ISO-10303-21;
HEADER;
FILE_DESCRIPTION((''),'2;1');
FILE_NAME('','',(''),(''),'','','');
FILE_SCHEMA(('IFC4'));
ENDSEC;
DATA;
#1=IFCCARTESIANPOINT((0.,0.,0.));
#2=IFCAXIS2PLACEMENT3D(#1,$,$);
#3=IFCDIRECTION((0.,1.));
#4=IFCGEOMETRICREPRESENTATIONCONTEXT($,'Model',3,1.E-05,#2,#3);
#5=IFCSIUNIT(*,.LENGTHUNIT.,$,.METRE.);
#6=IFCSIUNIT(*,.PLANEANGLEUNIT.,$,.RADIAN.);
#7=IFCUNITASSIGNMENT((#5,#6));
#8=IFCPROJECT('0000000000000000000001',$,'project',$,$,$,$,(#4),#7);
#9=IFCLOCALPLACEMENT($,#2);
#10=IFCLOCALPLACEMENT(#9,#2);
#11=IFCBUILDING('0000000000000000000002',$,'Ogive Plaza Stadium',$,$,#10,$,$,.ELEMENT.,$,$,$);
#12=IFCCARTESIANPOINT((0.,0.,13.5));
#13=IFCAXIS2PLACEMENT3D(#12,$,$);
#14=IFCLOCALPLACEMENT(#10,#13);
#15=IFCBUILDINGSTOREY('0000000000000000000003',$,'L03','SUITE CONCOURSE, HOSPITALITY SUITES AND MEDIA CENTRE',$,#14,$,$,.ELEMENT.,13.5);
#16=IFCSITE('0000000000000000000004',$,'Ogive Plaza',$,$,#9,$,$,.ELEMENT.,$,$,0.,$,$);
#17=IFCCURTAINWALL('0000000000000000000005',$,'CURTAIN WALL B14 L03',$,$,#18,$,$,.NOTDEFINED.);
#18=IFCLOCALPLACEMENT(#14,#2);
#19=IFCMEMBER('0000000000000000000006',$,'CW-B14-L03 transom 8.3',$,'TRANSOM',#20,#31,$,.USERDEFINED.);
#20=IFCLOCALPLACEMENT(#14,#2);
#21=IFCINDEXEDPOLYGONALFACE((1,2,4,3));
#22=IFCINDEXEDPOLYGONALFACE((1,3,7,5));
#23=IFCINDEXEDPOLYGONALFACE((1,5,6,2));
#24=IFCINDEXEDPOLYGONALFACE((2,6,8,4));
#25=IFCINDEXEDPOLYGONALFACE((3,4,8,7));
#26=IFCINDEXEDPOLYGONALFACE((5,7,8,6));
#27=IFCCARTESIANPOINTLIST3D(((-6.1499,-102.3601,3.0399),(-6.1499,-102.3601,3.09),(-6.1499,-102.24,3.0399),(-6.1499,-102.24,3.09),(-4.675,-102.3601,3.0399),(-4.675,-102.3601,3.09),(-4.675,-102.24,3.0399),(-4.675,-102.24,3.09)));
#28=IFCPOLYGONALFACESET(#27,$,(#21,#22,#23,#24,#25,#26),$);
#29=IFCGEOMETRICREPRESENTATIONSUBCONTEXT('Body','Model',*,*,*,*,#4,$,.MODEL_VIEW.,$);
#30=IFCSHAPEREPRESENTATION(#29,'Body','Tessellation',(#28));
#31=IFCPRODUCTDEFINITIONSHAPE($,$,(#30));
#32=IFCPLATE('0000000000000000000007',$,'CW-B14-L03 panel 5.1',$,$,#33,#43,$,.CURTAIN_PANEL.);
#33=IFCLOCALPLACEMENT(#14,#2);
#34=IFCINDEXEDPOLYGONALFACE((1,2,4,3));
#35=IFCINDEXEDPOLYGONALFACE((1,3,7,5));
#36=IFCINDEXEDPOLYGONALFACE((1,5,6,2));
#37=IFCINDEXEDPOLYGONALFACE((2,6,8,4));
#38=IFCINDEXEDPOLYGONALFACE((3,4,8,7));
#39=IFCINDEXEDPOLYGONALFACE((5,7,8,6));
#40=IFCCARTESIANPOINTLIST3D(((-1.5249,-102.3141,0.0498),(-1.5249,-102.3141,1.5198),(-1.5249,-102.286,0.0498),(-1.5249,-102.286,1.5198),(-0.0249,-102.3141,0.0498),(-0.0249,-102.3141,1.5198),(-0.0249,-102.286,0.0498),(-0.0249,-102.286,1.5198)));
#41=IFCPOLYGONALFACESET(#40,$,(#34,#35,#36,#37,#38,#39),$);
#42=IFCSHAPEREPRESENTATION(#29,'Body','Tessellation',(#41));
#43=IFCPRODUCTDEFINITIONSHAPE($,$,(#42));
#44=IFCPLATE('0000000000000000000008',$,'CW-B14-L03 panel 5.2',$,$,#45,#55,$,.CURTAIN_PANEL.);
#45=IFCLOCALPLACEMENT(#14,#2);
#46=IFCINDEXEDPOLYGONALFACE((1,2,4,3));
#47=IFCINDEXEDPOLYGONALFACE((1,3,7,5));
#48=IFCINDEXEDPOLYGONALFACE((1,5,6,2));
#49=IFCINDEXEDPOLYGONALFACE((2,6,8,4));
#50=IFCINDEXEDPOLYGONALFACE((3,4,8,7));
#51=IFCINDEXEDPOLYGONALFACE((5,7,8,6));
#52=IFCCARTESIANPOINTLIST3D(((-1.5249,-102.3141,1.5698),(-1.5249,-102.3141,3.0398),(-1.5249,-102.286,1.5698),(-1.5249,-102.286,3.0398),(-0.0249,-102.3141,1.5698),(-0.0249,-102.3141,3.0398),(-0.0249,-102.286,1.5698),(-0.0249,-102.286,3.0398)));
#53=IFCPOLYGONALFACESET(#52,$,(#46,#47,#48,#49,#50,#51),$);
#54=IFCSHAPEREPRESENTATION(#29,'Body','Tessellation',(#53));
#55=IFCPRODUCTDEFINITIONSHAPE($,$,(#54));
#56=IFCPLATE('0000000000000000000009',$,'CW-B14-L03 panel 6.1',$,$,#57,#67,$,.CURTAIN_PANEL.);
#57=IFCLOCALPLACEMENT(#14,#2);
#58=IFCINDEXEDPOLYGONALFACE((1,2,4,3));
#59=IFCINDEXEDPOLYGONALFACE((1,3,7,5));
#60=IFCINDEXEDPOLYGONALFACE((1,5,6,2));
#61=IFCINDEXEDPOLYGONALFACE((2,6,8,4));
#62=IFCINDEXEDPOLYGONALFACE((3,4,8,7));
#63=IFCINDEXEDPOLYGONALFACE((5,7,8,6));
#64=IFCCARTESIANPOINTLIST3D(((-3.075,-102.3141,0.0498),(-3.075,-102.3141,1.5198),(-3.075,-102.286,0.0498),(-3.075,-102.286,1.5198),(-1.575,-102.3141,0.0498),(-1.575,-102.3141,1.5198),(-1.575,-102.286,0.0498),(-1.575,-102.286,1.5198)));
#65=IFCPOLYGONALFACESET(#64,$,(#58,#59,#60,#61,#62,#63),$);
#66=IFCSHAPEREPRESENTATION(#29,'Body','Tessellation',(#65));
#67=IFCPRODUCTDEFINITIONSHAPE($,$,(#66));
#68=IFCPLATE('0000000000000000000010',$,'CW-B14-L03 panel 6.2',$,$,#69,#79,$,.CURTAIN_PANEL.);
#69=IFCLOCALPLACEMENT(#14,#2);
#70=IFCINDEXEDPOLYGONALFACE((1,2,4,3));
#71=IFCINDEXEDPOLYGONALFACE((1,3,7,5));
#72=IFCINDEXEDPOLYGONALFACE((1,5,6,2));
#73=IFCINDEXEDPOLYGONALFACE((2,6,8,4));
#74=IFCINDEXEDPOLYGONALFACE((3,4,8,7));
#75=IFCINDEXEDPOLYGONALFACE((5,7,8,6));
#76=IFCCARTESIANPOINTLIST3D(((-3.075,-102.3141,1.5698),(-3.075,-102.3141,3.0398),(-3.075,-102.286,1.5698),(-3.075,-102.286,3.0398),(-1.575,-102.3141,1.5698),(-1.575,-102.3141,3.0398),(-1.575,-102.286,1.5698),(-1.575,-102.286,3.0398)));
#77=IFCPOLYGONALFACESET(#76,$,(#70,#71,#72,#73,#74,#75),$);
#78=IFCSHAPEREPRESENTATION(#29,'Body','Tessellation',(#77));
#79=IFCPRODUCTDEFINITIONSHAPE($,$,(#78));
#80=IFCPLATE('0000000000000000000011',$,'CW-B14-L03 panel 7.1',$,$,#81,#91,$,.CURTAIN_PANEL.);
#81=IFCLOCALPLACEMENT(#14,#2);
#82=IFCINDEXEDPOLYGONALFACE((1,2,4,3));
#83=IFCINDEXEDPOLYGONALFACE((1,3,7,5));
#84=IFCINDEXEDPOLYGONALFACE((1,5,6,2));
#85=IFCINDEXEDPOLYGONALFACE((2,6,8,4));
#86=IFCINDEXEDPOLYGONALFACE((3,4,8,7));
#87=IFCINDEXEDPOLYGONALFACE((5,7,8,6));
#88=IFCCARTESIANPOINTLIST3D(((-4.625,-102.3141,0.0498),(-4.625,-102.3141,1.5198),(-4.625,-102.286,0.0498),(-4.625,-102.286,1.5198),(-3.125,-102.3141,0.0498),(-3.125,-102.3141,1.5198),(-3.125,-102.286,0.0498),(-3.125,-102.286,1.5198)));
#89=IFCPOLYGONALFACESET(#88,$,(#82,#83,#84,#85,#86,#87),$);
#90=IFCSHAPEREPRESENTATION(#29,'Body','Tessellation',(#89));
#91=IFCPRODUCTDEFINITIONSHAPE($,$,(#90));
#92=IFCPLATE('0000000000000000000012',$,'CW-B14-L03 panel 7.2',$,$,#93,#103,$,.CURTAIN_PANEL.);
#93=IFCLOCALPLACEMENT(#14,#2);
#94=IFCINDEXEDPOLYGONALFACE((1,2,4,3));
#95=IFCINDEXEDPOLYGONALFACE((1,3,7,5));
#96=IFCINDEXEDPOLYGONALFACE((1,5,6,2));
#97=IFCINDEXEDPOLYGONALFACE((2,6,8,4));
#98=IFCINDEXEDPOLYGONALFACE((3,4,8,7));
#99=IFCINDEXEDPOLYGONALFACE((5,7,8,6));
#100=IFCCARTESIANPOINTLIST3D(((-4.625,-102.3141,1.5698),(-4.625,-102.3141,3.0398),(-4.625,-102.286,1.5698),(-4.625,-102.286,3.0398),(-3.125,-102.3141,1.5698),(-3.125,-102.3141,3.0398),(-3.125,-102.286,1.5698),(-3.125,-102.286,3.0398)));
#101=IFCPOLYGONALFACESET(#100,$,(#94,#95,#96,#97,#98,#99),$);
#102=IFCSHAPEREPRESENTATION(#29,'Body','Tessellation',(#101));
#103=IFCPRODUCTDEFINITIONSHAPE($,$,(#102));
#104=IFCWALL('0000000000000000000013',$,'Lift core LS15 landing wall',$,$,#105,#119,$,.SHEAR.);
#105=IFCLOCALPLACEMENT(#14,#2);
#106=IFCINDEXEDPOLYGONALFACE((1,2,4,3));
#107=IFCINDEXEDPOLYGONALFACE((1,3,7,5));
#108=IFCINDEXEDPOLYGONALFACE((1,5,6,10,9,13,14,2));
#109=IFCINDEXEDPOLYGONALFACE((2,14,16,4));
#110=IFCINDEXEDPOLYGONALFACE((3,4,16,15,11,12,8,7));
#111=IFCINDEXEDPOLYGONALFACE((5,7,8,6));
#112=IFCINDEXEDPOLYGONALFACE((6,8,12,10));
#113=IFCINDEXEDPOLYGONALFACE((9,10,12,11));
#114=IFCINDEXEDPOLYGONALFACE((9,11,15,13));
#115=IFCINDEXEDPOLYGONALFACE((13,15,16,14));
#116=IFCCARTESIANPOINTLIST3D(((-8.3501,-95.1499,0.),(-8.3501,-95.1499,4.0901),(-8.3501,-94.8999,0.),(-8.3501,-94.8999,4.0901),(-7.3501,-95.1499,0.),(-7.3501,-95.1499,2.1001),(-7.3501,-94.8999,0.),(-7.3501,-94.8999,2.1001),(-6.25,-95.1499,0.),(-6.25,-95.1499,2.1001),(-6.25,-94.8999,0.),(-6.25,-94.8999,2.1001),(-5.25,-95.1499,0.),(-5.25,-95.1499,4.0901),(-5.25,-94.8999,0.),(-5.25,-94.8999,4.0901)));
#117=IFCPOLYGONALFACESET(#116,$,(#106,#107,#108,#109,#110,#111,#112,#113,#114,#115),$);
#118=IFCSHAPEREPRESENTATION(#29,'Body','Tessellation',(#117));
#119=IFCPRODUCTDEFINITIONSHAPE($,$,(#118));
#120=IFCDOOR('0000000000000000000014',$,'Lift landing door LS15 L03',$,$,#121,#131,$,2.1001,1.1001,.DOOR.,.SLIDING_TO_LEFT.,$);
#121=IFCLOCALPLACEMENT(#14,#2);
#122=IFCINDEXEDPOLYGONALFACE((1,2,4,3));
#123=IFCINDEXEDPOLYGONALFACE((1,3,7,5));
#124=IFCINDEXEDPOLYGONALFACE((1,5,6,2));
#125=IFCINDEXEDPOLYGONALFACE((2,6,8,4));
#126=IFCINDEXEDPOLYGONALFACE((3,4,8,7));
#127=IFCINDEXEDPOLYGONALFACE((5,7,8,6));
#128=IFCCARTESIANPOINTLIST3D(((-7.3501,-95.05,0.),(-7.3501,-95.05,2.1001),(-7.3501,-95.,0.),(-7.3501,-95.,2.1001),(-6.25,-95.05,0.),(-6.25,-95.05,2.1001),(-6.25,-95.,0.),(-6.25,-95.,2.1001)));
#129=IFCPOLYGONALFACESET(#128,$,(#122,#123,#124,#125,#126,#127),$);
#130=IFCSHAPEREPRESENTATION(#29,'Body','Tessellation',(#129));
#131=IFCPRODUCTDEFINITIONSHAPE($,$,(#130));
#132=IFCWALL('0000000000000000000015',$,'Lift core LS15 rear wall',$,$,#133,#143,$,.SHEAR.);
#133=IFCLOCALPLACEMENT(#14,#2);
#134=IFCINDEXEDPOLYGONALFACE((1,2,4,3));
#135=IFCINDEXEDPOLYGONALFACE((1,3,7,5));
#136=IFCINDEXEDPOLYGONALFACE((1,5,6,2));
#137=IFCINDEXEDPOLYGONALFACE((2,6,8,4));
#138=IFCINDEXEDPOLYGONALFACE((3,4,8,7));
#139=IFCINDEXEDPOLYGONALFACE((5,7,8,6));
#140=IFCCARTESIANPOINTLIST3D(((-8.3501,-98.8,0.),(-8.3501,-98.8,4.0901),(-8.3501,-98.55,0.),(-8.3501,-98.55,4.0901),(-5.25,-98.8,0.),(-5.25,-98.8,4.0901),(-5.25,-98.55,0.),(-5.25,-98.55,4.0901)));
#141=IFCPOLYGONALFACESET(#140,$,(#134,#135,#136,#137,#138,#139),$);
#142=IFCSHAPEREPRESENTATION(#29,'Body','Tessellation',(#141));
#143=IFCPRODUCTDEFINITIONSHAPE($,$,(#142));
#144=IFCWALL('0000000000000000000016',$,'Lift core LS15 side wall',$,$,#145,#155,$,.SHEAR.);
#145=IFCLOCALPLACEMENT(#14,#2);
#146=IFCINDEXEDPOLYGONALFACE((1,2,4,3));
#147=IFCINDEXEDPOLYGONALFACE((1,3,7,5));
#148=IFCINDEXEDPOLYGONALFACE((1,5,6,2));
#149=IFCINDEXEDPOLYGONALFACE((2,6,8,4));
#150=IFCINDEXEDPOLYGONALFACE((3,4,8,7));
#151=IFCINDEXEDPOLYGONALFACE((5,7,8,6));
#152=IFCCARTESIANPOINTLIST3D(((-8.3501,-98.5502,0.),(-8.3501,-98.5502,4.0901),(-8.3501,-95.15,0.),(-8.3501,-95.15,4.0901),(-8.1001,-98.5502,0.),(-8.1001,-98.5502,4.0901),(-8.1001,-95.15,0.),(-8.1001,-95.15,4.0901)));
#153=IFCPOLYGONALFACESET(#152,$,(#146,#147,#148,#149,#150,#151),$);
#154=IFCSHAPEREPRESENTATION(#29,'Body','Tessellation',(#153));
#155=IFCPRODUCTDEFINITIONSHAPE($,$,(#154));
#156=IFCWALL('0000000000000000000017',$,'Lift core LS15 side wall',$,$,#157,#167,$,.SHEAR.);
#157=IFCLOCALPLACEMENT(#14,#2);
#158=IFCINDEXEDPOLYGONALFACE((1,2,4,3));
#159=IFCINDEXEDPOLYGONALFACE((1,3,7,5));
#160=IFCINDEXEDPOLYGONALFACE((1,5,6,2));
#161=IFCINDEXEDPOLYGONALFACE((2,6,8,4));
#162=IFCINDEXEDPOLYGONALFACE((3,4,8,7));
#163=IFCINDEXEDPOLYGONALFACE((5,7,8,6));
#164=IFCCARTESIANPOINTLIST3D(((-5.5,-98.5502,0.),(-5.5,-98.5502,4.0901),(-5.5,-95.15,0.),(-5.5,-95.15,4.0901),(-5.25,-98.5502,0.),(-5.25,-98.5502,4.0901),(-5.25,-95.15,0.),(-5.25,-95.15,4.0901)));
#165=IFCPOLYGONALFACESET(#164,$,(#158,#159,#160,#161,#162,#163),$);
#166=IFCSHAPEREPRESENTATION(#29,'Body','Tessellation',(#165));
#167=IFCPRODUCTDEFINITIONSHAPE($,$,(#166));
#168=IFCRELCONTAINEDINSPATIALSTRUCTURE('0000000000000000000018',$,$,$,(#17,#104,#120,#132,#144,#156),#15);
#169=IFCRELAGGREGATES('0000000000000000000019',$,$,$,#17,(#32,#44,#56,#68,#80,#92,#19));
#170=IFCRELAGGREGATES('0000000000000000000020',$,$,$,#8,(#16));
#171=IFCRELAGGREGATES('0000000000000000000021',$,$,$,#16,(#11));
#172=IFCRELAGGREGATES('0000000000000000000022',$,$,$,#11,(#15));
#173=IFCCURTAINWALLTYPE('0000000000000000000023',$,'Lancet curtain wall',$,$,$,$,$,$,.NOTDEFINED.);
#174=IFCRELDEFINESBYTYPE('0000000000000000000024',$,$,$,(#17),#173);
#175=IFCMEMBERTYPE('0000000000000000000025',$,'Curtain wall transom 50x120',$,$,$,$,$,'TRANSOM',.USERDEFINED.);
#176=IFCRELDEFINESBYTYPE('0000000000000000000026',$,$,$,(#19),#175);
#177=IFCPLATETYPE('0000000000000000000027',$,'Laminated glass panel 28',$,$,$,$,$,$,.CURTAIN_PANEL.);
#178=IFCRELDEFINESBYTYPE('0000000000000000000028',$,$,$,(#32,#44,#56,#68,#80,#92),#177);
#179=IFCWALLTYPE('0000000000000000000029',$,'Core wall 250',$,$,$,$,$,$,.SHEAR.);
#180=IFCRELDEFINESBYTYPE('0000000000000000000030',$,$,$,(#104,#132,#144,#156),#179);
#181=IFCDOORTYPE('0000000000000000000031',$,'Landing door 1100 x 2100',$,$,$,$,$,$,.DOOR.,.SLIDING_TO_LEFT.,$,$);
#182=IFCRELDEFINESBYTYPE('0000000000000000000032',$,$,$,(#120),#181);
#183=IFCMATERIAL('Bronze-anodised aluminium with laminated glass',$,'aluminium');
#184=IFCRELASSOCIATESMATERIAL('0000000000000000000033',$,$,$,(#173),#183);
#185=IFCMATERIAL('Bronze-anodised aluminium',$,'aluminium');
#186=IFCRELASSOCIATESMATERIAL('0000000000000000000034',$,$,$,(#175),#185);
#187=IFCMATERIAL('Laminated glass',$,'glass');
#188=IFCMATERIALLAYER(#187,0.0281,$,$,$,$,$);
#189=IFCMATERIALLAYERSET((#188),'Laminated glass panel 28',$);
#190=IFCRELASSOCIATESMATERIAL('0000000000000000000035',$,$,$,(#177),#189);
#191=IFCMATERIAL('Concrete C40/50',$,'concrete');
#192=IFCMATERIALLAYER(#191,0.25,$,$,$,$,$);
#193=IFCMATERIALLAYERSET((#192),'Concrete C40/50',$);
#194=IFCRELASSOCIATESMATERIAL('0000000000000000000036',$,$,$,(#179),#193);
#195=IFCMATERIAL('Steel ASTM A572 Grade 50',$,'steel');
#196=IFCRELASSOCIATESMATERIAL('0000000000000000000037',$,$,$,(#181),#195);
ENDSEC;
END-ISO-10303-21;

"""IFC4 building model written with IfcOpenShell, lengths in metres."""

from ifc_helpers import new_model, si_unit, direction, frame, frame_2d, origin, origin_2d, place, context, subcontext, project, spatial, rectangle, extrude, material, layer, layer_set, material_profile, profile_set, type_object, element, fill, aggregate, save


model = new_model("IFC4")

# Units and contexts
model_context = context("Model", 3, precision=1e-05, world=origin(), true_north=direction((0.0, 1.0)))
body_context = subcontext(model_context, "Body", "Model", "MODEL_VIEW")
ifc_project = project(units=[si_unit("LENGTHUNIT", "METRE"), si_unit("PLANEANGLEUNIT", "RADIAN")], contexts=[model_context])

# Site, building, storey
site_placement = place(None, origin())
site = spatial("IfcSite", under=ifc_project, at=site_placement, Name="Ogive Plaza", CompositionType="ELEMENT", RefElevation=0.0)
building_placement = place(site_placement, origin())
building = spatial("IfcBuilding", under=site, at=building_placement, Name="Ogive Plaza Stadium", CompositionType="ELEMENT")
storey_placement = place(building_placement, frame((0.0, 0.0, 13.5)))
storey = spatial("IfcBuildingStorey", under=building, at=storey_placement, Name="L03", Description="SUITE CONCOURSE, HOSPITALITY SUITES AND MEDIA CENTRE", CompositionType="ELEMENT", Elevation=13.5)

# Curtain wall, member, plates
ifc_material_1 = material(Name="Bronze-anodised aluminium with laminated glass", Category="aluminium")
curtain_wall_type = type_object("IfcCurtainWallType", Name="Lancet curtain wall", PredefinedType="NOTDEFINED", material=ifc_material_1)
curtain_wall_placement = place(storey_placement, origin())
curtain_wall = element("IfcCurtainWall", 1, at=curtain_wall_placement, inside=storey, type_object=curtain_wall_type, Name="CURTAIN WALL B14 L03", PredefinedType="NOTDEFINED")
ifc_material_2 = material(Name="Bronze-anodised aluminium", Category="aluminium")
ifc_material_profile_1 = material_profile(ifc_material_2, rectangle(XDim=0.1201, YDim=0.05, at=origin_2d()), Name="AL 120x50")
ifc_profile_set_1 = profile_set([ifc_material_profile_1], Name="Bronze-anodised aluminium")
member_type_1 = type_object("IfcMemberType", Name="Curtain wall transom 50x120", ElementType="TRANSOM", PredefinedType="USERDEFINED", material=ifc_profile_set_1)
member_1_placement = place(storey_placement, frame((-4.675, -102.3, 3.0649), z_axis=(-1.0, 0.0, 0.0), x_axis=(0.0, -1.0, 0.0)))
member_1 = element("IfcMember", 2, at=member_1_placement, type_object=member_type_1, Name="CW-B14-L03 transom 8.3", ObjectType="TRANSOM", PredefinedType="USERDEFINED", context=body_context, shape_type="SweptSolid", body=[
    extrude(rectangle(XDim=0.1201, YDim=0.05, at=origin_2d()), origin(), (0.0, 0.0, 1.0), 1.4749),
])
ifc_material_3 = material(Name="Laminated glass", Category="glass")
ifc_layer_1 = layer(ifc_material_3, 0.0281)
ifc_layer_set_1 = layer_set([ifc_layer_1], Name="Laminated glass panel 28")
plate_type = type_object("IfcPlateType", Name="Laminated glass panel 28", PredefinedType="CURTAIN_PANEL", material=ifc_layer_set_1)
plate_1_placement = place(storey_placement, frame((-0.7749, -102.3, 0.0498), z_axis=(0.0, 0.0, 1.0), x_axis=(-1.0, 0.0, 0.0)))
plate_1 = element("IfcPlate", 3, at=plate_1_placement, type_object=plate_type, Name="CW-B14-L03 panel 5.1", PredefinedType="CURTAIN_PANEL", context=body_context, shape_type="SweptSolid", body=[
    extrude(rectangle(XDim=1.5, YDim=0.0281, at=origin_2d()), origin(), (0.0, 0.0, 1.0), 1.47),
])
plate_2_placement = place(storey_placement, frame((-0.7749, -102.3, 1.5698), z_axis=(0.0, 0.0, 1.0), x_axis=(-1.0, 0.0, 0.0)))
plate_2 = element("IfcPlate", 4, at=plate_2_placement, type_object=plate_type, Name="CW-B14-L03 panel 5.2", PredefinedType="CURTAIN_PANEL", context=body_context, shape_type="SweptSolid", body=[
    extrude(rectangle(XDim=1.5, YDim=0.0281, at=origin_2d()), origin(), (0.0, 0.0, 1.0), 1.47),
])
plate_3_placement = place(storey_placement, frame((-2.325, -102.3, 0.0498), z_axis=(0.0, 0.0, 1.0), x_axis=(-1.0, 0.0, 0.0)))
plate_3 = element("IfcPlate", 5, at=plate_3_placement, type_object=plate_type, Name="CW-B14-L03 panel 6.1", PredefinedType="CURTAIN_PANEL", context=body_context, shape_type="SweptSolid", body=[
    extrude(rectangle(XDim=1.5, YDim=0.0281, at=origin_2d()), origin(), (0.0, 0.0, 1.0), 1.47),
])
plate_4_placement = place(storey_placement, frame((-2.325, -102.3, 1.5698), z_axis=(0.0, 0.0, 1.0), x_axis=(-1.0, 0.0, 0.0)))
plate_4 = element("IfcPlate", 6, at=plate_4_placement, type_object=plate_type, Name="CW-B14-L03 panel 6.2", PredefinedType="CURTAIN_PANEL", context=body_context, shape_type="SweptSolid", body=[
    extrude(rectangle(XDim=1.5, YDim=0.0281, at=origin_2d()), origin(), (0.0, 0.0, 1.0), 1.47),
])
plate_5_placement = place(storey_placement, frame((-3.875, -102.3, 0.0498), z_axis=(0.0, 0.0, 1.0), x_axis=(-1.0, 0.0, 0.0)))
plate_5 = element("IfcPlate", 7, at=plate_5_placement, type_object=plate_type, Name="CW-B14-L03 panel 7.1", PredefinedType="CURTAIN_PANEL", context=body_context, shape_type="SweptSolid", body=[
    extrude(rectangle(XDim=1.5, YDim=0.0281, at=origin_2d()), origin(), (0.0, 0.0, 1.0), 1.47),
])
plate_6_placement = place(storey_placement, frame((-3.875, -102.3, 1.5698), z_axis=(0.0, 0.0, 1.0), x_axis=(-1.0, 0.0, 0.0)))
plate_6 = element("IfcPlate", 8, at=plate_6_placement, type_object=plate_type, Name="CW-B14-L03 panel 7.2", PredefinedType="CURTAIN_PANEL", context=body_context, shape_type="SweptSolid", body=[
    extrude(rectangle(XDim=1.5, YDim=0.0281, at=origin_2d()), origin(), (0.0, 0.0, 1.0), 1.47),
])
aggregate(curtain_wall, [plate_1, plate_2, plate_3, plate_4, plate_5, plate_6, member_1])

# Wall, opening, door
ifc_material_4 = material(Name="Concrete C40/50", Category="concrete")
ifc_layer_2 = layer(ifc_material_4, 0.25)
ifc_layer_set_2 = layer_set([ifc_layer_2], Name="Concrete C40/50")
wall_type = type_object("IfcWallType", Name="Core wall 250", PredefinedType="SHEAR", material=ifc_layer_set_2)
wall_1_placement = place(storey_placement, frame((-8.3501, -95.0249, 0.0), z_axis=(0.0, 0.0, 1.0), x_axis=(1.0, 0.0, 0.0)))
wall_1 = element("IfcWall", 9, at=wall_1_placement, inside=storey, type_object=wall_type, Name="Lift core LS15 landing wall", PredefinedType="SHEAR", context=body_context, shape_type="SweptSolid", body=[
    extrude(rectangle(XDim=3.1001, YDim=0.25, at=frame_2d((1.55, 0.0))), origin(), (0.0, 0.0, 1.0), 4.0901),
])
opening_placement = place(wall_1_placement, frame((1.0, 0.0, 0.0)))
opening = element("IfcOpeningElement", 10, at=opening_placement, cuts=wall_1, PredefinedType="OPENING", context=body_context, shape_type="SweptSolid", body=[
    extrude(rectangle(XDim=1.1001, YDim=2.1001, at=frame_2d((0.55, 1.05))), frame((0.0, 0.125, 0.0), z_axis=(0.0, -1.0, 0.0), x_axis=(1.0, 0.0, 0.0)), (0.0, 0.0, 1.0), 0.25),
])
ifc_material_5 = material(Name="Steel ASTM A572 Grade 50", Category="steel")
door_type = type_object("IfcDoorType", Name="Landing door 1100 x 2100", OperationType="SLIDING_TO_LEFT", PredefinedType="DOOR", material=ifc_material_5)
door_placement = place(opening_placement, origin())
door = element("IfcDoor", 11, at=door_placement, inside=storey, type_object=door_type, Name="Lift landing door LS15 L03", OperationType="SLIDING_TO_LEFT", OverallHeight=2.1001, OverallWidth=1.1001, PredefinedType="DOOR", context=body_context, shape_type="SweptSolid", body=[
    extrude(rectangle(XDim=1.1001, YDim=2.1001, at=frame_2d((0.55, 1.05))), frame((0.0, 0.0249, 0.0), z_axis=(0.0, -1.0, 0.0), x_axis=(1.0, 0.0, 0.0)), (0.0, 0.0, 1.0), 0.05),
])
fill(opening, door)

# Walls
wall_2_placement = place(storey_placement, frame((-8.3501, -98.675, 0.0), z_axis=(0.0, 0.0, 1.0), x_axis=(1.0, 0.0, 0.0)))
element("IfcWall", 12, at=wall_2_placement, inside=storey, type_object=wall_type, Name="Lift core LS15 rear wall", PredefinedType="SHEAR", context=body_context, shape_type="SweptSolid", body=[
    extrude(rectangle(XDim=3.1001, YDim=0.25, at=frame_2d((1.55, 0.0))), origin(), (0.0, 0.0, 1.0), 4.0901),
])
for number, where, z_axis, x_axis, name in (
    (13, (-8.2251, -95.1499, 0.0), (0.0, 0.0, 1.0), (0.0, -1.0, 0.0), "Lift core LS15 side wall"),
    (14, (-5.375, -95.1499, 0.0), (0.0, 0.0, 1.0), (0.0, -1.0, 0.0), "Lift core LS15 side wall"),
):
    element("IfcWall", number, at=place(storey_placement, frame(where, z_axis=z_axis, x_axis=x_axis)), inside=storey, type_object=wall_type, Name=name, PredefinedType="SHEAR", context=body_context, shape_type="SweptSolid", body=[
        extrude(rectangle(XDim=3.4001, YDim=0.25, at=frame_2d((1.7002, 0.0))), origin(), (0.0, 0.0, 1.0), 4.0901),
    ])

save(model, "model.ifc")
